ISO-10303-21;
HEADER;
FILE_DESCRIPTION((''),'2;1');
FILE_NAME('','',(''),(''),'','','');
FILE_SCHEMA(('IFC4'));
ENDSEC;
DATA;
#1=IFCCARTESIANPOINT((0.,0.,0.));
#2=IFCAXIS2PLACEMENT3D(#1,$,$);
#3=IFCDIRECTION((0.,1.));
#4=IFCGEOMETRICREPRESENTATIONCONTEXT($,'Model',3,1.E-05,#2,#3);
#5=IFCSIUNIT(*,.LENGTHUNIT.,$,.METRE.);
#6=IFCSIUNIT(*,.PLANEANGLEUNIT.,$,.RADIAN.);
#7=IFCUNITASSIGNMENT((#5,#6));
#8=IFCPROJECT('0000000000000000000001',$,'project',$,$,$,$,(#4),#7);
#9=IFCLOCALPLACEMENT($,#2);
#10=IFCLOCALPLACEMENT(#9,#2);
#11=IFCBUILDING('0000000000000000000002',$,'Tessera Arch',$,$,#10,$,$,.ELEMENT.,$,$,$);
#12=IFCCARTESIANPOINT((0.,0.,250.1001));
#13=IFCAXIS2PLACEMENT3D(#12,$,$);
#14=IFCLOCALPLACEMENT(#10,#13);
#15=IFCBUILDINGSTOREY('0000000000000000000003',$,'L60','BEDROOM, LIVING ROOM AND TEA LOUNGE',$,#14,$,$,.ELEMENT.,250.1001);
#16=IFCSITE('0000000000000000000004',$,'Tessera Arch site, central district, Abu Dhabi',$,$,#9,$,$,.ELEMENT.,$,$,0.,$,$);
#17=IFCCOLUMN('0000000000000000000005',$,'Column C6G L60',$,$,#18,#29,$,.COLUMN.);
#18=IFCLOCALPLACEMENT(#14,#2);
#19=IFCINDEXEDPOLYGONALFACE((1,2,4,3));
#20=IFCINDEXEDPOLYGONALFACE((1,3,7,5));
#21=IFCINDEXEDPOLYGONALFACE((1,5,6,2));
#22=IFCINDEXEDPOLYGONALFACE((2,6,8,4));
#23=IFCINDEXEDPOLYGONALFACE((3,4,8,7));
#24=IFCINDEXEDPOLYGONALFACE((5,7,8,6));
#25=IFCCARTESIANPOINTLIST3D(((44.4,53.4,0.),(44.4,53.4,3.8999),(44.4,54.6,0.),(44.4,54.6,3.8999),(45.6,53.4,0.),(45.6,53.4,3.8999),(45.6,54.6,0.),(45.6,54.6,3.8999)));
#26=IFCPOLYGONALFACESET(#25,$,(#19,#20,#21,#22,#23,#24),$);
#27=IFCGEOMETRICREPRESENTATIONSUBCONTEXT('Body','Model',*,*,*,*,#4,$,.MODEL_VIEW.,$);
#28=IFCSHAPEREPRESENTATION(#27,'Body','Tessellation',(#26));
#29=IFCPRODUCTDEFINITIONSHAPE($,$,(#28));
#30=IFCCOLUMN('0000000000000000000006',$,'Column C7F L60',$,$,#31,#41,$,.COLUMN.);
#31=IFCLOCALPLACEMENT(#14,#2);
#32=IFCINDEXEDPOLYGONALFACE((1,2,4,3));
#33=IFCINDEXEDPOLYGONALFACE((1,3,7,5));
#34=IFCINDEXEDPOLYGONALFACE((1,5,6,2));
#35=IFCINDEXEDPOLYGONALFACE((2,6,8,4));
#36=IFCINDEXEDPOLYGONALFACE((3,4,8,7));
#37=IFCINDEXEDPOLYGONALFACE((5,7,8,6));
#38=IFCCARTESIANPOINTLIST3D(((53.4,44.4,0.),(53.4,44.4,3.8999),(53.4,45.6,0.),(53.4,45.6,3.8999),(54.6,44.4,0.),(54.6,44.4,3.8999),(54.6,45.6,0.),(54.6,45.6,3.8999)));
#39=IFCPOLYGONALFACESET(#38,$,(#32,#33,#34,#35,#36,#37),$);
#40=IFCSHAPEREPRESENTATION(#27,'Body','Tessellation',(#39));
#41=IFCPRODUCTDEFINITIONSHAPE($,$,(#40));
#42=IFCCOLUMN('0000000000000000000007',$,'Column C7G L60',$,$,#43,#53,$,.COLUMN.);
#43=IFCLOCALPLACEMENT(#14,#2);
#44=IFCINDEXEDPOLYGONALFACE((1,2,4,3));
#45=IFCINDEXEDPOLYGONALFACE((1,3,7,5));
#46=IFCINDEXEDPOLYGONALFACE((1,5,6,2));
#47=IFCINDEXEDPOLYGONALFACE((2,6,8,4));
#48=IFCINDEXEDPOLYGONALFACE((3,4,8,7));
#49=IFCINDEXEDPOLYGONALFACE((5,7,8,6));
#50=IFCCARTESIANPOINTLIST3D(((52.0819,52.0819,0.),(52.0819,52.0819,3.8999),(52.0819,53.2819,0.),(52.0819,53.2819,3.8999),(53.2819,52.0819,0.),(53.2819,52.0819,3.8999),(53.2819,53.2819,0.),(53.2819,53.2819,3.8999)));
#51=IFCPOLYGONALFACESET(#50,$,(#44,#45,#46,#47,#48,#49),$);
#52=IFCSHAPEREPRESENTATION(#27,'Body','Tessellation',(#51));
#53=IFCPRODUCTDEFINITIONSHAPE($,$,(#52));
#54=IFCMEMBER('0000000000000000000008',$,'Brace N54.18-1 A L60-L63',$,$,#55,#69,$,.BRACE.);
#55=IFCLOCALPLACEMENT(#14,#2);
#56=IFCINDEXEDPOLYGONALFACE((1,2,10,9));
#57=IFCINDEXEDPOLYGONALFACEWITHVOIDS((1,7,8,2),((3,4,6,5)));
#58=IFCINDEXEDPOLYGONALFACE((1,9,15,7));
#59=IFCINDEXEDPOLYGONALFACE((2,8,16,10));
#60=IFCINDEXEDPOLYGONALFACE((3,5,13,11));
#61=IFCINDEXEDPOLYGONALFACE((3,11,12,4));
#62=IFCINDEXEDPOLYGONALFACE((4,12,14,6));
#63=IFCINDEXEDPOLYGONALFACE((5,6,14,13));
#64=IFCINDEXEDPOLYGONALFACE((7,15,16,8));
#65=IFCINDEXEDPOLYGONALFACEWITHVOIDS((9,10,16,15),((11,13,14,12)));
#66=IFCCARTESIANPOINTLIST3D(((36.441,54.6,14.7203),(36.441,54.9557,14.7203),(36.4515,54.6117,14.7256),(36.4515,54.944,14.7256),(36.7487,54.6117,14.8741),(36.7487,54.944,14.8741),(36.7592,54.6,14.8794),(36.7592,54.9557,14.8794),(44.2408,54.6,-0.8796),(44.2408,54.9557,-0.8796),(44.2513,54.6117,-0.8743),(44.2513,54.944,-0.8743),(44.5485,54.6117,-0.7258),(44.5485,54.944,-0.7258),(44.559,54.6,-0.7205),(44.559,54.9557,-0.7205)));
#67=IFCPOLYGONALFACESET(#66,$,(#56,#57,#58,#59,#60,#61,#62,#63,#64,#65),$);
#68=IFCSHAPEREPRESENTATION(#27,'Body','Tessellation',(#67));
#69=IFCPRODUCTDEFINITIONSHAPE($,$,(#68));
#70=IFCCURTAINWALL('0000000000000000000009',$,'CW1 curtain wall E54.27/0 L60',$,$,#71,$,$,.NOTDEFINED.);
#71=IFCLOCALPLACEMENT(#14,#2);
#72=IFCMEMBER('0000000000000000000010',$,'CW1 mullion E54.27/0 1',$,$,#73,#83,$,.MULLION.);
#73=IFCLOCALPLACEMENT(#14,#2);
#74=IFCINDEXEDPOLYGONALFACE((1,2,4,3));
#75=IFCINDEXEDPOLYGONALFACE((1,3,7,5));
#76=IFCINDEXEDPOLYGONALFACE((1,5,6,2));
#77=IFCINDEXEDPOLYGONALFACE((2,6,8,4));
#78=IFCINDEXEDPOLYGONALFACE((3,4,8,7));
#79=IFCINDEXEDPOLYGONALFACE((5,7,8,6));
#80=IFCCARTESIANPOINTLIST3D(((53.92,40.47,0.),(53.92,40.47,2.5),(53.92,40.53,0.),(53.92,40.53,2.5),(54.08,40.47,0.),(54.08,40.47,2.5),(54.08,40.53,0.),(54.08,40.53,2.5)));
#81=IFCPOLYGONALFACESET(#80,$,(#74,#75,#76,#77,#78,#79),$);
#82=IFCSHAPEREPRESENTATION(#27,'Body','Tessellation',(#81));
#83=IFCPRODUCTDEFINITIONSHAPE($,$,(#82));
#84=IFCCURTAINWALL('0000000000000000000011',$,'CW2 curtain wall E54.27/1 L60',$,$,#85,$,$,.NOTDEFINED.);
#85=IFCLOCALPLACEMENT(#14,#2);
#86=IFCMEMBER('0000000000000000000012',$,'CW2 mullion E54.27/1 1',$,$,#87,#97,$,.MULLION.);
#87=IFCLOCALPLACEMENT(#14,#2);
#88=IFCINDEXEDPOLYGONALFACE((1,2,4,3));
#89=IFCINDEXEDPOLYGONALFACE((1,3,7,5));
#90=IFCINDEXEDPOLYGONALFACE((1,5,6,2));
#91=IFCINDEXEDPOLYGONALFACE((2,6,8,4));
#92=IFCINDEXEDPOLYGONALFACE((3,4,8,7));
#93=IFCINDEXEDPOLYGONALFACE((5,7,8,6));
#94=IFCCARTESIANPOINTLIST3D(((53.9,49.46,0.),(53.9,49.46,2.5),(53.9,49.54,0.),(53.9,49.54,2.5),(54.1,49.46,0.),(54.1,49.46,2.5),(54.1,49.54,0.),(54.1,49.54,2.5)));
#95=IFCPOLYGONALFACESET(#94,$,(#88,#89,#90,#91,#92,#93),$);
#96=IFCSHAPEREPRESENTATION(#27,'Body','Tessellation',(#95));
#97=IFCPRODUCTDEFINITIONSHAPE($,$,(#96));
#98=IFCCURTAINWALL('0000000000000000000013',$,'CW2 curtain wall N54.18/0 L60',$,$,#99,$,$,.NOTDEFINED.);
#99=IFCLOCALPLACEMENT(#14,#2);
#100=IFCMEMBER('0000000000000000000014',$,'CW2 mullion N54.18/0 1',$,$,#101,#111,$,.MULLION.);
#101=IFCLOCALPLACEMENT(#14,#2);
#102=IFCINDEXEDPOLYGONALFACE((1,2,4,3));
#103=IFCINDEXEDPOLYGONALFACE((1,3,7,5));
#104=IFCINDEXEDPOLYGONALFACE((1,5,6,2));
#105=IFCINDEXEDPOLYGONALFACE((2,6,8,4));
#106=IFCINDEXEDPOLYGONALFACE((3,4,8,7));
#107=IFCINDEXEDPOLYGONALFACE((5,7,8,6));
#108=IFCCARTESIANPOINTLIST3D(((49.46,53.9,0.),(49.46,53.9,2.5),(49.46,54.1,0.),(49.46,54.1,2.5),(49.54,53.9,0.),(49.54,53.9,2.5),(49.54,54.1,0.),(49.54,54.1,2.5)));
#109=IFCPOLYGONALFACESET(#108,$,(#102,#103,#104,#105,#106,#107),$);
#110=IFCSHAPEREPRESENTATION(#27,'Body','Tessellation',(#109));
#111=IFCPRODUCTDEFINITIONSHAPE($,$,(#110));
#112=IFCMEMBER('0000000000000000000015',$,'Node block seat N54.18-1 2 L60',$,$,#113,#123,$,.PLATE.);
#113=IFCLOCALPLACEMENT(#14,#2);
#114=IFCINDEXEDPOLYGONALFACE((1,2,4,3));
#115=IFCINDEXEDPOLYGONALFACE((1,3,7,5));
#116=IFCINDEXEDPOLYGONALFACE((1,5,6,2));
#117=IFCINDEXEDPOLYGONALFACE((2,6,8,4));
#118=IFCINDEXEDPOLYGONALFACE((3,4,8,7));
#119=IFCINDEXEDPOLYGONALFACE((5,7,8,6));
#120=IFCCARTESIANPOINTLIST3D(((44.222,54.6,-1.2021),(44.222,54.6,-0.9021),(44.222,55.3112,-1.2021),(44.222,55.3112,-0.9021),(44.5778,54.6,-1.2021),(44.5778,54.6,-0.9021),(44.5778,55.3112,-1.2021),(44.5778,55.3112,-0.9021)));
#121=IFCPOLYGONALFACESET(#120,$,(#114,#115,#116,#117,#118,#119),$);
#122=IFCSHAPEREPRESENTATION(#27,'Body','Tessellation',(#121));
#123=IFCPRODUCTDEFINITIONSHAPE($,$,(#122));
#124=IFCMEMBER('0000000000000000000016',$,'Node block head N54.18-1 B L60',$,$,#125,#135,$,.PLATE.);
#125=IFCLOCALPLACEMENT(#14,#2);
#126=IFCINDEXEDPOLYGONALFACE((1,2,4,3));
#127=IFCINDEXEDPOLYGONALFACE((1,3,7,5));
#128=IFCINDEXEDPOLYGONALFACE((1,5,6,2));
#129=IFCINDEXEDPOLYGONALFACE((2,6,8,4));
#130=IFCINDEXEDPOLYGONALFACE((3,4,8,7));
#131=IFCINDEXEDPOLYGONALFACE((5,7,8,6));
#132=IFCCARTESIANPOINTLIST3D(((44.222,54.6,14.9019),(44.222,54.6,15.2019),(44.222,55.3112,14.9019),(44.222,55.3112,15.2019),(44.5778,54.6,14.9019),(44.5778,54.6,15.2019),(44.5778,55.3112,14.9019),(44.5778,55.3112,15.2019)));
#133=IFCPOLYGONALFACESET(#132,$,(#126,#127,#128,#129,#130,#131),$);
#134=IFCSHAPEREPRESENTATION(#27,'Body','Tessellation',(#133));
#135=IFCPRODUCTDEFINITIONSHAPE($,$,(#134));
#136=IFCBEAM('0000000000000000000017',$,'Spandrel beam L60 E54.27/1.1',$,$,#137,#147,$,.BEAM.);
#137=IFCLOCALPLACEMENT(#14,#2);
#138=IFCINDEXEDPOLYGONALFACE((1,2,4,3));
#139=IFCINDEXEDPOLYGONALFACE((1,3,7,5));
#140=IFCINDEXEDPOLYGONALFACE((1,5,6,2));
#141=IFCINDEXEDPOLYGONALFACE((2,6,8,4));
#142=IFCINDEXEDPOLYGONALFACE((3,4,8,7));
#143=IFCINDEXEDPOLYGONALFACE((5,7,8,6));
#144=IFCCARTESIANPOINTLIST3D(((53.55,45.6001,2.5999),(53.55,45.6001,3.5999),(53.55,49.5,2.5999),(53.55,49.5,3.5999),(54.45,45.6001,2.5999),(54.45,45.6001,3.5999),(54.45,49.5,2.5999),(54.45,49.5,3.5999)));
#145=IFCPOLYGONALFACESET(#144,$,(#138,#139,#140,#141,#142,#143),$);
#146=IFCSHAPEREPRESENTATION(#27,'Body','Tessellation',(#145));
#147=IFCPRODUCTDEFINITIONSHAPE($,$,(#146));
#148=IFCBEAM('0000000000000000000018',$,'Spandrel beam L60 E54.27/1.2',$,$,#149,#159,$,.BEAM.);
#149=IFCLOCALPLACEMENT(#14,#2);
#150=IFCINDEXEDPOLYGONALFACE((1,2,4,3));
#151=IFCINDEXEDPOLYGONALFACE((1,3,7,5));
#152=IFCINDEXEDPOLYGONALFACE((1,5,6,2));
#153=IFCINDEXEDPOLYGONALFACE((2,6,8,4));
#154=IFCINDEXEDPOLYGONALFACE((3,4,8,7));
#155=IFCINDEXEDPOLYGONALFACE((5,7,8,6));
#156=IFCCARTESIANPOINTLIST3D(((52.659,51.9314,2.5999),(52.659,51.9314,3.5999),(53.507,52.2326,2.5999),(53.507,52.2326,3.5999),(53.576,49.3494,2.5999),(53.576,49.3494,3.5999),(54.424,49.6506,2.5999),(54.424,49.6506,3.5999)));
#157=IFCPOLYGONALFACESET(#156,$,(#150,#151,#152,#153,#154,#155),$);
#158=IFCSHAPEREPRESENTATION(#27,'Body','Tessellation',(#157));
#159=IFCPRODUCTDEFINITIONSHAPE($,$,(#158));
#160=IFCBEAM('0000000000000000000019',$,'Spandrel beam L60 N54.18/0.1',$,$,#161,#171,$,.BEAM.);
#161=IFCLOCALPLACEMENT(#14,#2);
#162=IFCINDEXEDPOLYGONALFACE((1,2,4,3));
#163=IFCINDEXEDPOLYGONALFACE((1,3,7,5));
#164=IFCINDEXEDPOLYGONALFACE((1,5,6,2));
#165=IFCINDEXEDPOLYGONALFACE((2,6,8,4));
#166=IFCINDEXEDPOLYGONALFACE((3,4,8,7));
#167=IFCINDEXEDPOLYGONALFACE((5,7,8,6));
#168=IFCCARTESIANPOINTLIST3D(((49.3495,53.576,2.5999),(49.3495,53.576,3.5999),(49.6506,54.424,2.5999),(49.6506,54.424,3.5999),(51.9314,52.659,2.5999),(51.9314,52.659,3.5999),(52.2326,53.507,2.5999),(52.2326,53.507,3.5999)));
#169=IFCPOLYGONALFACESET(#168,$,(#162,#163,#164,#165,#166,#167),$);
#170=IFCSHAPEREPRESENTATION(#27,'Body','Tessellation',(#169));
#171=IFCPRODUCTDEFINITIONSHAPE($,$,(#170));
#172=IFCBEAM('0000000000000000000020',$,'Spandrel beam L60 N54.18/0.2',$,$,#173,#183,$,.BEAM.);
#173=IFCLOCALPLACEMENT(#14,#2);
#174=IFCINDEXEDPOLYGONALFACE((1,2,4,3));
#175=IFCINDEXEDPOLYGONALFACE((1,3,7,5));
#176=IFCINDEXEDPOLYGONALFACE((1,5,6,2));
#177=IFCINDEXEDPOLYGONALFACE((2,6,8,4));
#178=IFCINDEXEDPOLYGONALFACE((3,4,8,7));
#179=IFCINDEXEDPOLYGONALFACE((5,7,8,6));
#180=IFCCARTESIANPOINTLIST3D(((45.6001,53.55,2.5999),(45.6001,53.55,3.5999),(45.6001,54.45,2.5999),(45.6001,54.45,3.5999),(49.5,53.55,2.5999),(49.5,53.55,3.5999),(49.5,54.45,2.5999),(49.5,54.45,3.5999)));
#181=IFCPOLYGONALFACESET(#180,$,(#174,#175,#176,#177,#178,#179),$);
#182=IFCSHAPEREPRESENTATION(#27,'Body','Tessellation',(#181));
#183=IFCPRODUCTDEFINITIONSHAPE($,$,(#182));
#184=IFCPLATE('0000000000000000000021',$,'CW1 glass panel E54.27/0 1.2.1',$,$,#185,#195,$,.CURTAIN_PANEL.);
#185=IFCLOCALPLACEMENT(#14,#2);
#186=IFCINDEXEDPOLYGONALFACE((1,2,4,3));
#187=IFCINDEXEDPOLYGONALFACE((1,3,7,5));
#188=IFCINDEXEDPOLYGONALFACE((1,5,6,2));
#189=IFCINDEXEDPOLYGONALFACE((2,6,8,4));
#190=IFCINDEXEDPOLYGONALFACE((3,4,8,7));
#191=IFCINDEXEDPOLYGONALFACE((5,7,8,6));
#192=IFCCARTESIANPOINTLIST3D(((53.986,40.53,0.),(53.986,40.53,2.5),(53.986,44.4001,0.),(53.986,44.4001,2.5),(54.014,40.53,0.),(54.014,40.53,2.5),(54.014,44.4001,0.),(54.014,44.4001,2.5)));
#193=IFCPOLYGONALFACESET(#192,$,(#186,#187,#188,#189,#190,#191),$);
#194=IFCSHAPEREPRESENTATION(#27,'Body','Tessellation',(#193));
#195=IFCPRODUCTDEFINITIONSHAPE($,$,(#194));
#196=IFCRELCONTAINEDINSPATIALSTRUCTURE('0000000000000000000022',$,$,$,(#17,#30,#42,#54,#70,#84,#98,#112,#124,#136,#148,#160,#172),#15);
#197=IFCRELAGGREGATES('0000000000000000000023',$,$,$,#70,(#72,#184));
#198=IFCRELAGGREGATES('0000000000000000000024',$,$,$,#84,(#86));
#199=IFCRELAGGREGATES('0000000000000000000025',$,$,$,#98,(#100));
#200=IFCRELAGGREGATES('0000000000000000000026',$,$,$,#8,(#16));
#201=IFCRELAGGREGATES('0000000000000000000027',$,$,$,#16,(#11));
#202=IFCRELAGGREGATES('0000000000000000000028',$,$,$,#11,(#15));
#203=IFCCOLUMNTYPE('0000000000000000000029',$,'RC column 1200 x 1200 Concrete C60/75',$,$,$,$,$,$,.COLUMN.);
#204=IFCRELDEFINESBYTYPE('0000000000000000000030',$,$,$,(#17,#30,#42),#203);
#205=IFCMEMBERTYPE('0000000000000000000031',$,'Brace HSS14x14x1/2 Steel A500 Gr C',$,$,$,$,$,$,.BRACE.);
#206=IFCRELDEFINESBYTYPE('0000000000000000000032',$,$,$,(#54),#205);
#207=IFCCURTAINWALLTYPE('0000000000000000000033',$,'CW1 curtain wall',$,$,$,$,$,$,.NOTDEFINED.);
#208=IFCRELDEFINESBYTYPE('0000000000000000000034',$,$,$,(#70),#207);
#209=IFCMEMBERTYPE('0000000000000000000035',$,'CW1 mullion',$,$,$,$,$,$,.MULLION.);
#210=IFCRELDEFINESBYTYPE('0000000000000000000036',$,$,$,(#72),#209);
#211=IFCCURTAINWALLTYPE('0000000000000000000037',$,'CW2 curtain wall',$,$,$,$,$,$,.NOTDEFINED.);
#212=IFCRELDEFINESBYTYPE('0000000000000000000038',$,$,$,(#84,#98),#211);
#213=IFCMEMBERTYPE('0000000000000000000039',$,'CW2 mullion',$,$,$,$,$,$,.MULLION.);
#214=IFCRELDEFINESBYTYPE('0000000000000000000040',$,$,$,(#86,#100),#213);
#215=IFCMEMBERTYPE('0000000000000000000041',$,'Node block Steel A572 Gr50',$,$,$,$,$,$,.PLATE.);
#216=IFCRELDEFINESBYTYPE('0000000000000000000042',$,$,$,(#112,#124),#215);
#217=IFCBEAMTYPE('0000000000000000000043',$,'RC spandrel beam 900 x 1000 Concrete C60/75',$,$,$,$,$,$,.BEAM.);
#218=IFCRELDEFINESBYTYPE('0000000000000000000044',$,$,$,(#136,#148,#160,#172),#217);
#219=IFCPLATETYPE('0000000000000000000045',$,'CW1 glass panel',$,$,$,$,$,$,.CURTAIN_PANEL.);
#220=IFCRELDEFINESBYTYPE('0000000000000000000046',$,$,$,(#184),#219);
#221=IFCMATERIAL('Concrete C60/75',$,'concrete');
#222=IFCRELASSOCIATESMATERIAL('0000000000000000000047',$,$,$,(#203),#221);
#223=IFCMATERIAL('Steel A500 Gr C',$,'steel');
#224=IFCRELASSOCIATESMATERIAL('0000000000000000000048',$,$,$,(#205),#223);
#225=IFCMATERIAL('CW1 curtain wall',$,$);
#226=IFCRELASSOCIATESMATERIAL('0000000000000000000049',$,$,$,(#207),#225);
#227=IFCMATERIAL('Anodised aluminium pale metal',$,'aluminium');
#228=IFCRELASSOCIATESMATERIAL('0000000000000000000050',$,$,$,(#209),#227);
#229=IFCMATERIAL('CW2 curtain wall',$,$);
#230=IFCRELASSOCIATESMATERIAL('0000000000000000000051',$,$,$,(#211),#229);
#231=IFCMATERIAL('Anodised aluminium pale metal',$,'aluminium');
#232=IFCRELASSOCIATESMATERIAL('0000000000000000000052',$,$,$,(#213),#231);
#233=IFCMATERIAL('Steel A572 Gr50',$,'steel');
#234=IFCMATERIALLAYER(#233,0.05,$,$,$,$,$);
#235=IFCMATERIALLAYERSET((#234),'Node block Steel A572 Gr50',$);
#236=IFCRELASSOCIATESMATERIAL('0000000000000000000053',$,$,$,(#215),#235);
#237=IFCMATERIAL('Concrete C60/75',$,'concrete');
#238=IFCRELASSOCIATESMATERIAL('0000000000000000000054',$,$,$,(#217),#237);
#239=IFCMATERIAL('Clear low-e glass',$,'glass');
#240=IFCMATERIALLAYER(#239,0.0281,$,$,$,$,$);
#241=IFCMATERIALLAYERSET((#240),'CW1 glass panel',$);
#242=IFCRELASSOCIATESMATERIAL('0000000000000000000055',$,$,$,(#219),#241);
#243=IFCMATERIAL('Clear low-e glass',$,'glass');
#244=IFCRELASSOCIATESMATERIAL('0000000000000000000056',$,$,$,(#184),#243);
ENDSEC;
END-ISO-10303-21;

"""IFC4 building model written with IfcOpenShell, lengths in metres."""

from ifc_helpers import new_model, si_unit, direction, frame, origin, origin_2d, place, context, subcontext, project, spatial, rectangle, hollow_rectangle, extrude, material, layer, layer_set, material_profile, profile_set, type_object, element, aggregate, save


model = new_model("IFC4")

# Units and contexts
model_context = context("Model", 3, precision=1e-05, world=origin(), true_north=direction((0.0, 1.0)))
body_context = subcontext(model_context, "Body", "Model", "MODEL_VIEW")
ifc_project = project(units=[si_unit("LENGTHUNIT", "METRE"), si_unit("PLANEANGLEUNIT", "RADIAN")], contexts=[model_context])

# Site, building, storey
site_placement = place(None, origin())
site = spatial("IfcSite", under=ifc_project, at=site_placement, Name="Tessera Arch site, central district, Abu Dhabi", CompositionType="ELEMENT", RefElevation=0.0)
building_placement = place(site_placement, origin())
building = spatial("IfcBuilding", under=site, at=building_placement, Name="Tessera Arch", CompositionType="ELEMENT")
storey_placement = place(building_placement, frame((0.0, 0.0, 250.1001)))
storey = spatial("IfcBuildingStorey", under=building, at=storey_placement, Name="L60", Description="BEDROOM, LIVING ROOM AND TEA LOUNGE", CompositionType="ELEMENT", Elevation=250.1001)

# Columns
ifc_material_1 = material(Name="Concrete C60/75", Category="concrete")
ifc_material_profile_1 = material_profile(ifc_material_1, rectangle(XDim=1.2, YDim=1.2, at=origin_2d()), Name="RC column 1200 x 1200 Concrete C60/75")
ifc_profile_set_1 = profile_set([ifc_material_profile_1], Name="Concrete C60/75")
column_type = type_object("IfcColumnType", Name="RC column 1200 x 1200 Concrete C60/75", PredefinedType="COLUMN", material=ifc_profile_set_1)
for number, where, z_axis, x_axis, name in (
    (1, (45.0, 54.0, 0.0), (0.0, 0.0, 1.0), (1.0, 0.0, 0.0), "Column C6G L60"),
    (2, (54.0, 45.0, 0.0), (0.0, 0.0, 1.0), (1.0, 0.0, 0.0), "Column C7F L60"),
    (3, (52.6819, 52.6819, 0.0), (0.0, 0.0, 1.0), (1.0, 0.0, 0.0), "Column C7G L60"),
):
    element("IfcColumn", number, at=place(storey_placement, frame(where, z_axis=z_axis, x_axis=x_axis)), inside=storey, type_object=column_type, Name=name, PredefinedType="COLUMN", context=body_context, shape_type="SweptSolid", body=[
        extrude(rectangle(XDim=1.2, YDim=1.2, at=origin_2d()), origin(), (0.0, 0.0, 1.0), 3.8999),
    ])

# Member
ifc_material_2 = material(Name="Steel A500 Gr C", Category="steel")
ifc_material_profile_2 = material_profile(ifc_material_2, hollow_rectangle(XDim=0.3557, YDim=0.3557, WallThickness=0.0117, at=origin_2d()), Name="HSS14x14x1/2")
ifc_profile_set_2 = profile_set([ifc_material_profile_2], Name="Steel A500 Gr C")
member_type_1 = type_object("IfcMemberType", Name="Brace HSS14x14x1/2 Steel A500 Gr C", PredefinedType="BRACE", material=ifc_profile_set_2)
member_1_placement = place(storey_placement, frame((44.3999, 54.7778, -0.8), z_axis=(-0.447208, 0.0, 0.89443), x_axis=(0.0, -1.0, 0.0)))
element("IfcMember", 4, at=member_1_placement, inside=storey, type_object=member_type_1, Name="Brace N54.18-1 A L60-L63", PredefinedType="BRACE", context=body_context, shape_type="SweptSolid", body=[
    extrude(hollow_rectangle(XDim=0.3557, YDim=0.3557, WallThickness=0.0117, at=origin_2d()), origin(), (0.0, 0.0, 1.0), 17.4412),
])

# Curtain walls, members
ifc_material_3 = material(Name="CW1 curtain wall")
curtain_wall_type_1 = type_object("IfcCurtainWallType", Name="CW1 curtain wall", PredefinedType="NOTDEFINED", material=ifc_material_3)
curtain_wall_1_placement = place(storey_placement, origin())
curtain_wall_1 = element("IfcCurtainWall", 5, at=curtain_wall_1_placement, inside=storey, type_object=curtain_wall_type_1, Name="CW1 curtain wall E54.27/0 L60", PredefinedType="NOTDEFINED")
ifc_material_4 = material(Name="Anodised aluminium pale metal", Category="aluminium")
ifc_material_profile_3 = material_profile(ifc_material_4, rectangle(XDim=0.1599, YDim=0.0601, at=origin_2d()), Name="AL 60x160")
ifc_profile_set_3 = profile_set([ifc_material_profile_3], Name="Anodised aluminium pale metal")
member_type_2 = type_object("IfcMemberType", Name="CW1 mullion", PredefinedType="MULLION", material=ifc_profile_set_3)
member_2_placement = place(storey_placement, frame((54.0, 40.5, 0.0), z_axis=(0.0, 0.0, 1.0), x_axis=(-1.0, 0.0, 0.0)))
member_2 = element("IfcMember", 6, at=member_2_placement, type_object=member_type_2, Name="CW1 mullion E54.27/0 1", PredefinedType="MULLION", context=body_context, shape_type="SweptSolid", body=[
    extrude(rectangle(XDim=0.1599, YDim=0.0601, at=origin_2d()), origin(), (0.0, 0.0, 1.0), 2.5),
])
ifc_material_5 = material(Name="CW2 curtain wall")
curtain_wall_type_2 = type_object("IfcCurtainWallType", Name="CW2 curtain wall", PredefinedType="NOTDEFINED", material=ifc_material_5)
curtain_wall_2_placement = place(storey_placement, origin())
curtain_wall_2 = element("IfcCurtainWall", 7, at=curtain_wall_2_placement, inside=storey, type_object=curtain_wall_type_2, Name="CW2 curtain wall E54.27/1 L60", PredefinedType="NOTDEFINED")
ifc_material_6 = material(Name="Anodised aluminium pale metal", Category="aluminium")
ifc_material_profile_4 = material_profile(ifc_material_6, rectangle(XDim=0.2, YDim=0.0801, at=origin_2d()), Name="AL 80x200")
ifc_profile_set_4 = profile_set([ifc_material_profile_4], Name="Anodised aluminium pale metal")
member_type_3 = type_object("IfcMemberType", Name="CW2 mullion", PredefinedType="MULLION", material=ifc_profile_set_4)
member_3_placement = place(storey_placement, frame((54.0, 49.5, 0.0), z_axis=(0.0, 0.0, 1.0), x_axis=(-1.0, 0.0, 0.0)))
member_3 = element("IfcMember", 8, at=member_3_placement, type_object=member_type_3, Name="CW2 mullion E54.27/1 1", PredefinedType="MULLION", context=body_context, shape_type="SweptSolid", body=[
    extrude(rectangle(XDim=0.2, YDim=0.0801, at=origin_2d()), origin(), (0.0, 0.0, 1.0), 2.5),
])
curtain_wall_3_placement = place(storey_placement, origin())
curtain_wall_3 = element("IfcCurtainWall", 9, at=curtain_wall_3_placement, inside=storey, type_object=curtain_wall_type_2, Name="CW2 curtain wall N54.18/0 L60", PredefinedType="NOTDEFINED")
member_4_placement = place(storey_placement, frame((49.5, 54.0, 0.0), z_axis=(0.0, 0.0, 1.0), x_axis=(0.0, -1.0, 0.0)))
member_4 = element("IfcMember", 10, at=member_4_placement, type_object=member_type_3, Name="CW2 mullion N54.18/0 1", PredefinedType="MULLION", context=body_context, shape_type="SweptSolid", body=[
    extrude(rectangle(XDim=0.2, YDim=0.0801, at=origin_2d()), origin(), (0.0, 0.0, 1.0), 2.5),
])

# Members
ifc_material_7 = material(Name="Steel A572 Gr50", Category="steel")
ifc_layer_1 = layer(ifc_material_7, 0.05)
ifc_layer_set_1 = layer_set([ifc_layer_1], Name="Node block Steel A572 Gr50")
member_type_4 = type_object("IfcMemberType", Name="Node block Steel A572 Gr50", PredefinedType="PLATE", material=ifc_layer_set_1)
for number, where, z_axis, x_axis, name in (
    (11, (44.3999, 54.9556, -1.2021), (0.0, 0.0, 1.0), (-1.0, 0.0, 0.0), "Node block seat N54.18-1 2 L60"),
    (12, (44.3999, 54.9556, 14.9019), (0.0, 0.0, 1.0), (-1.0, 0.0, 0.0), "Node block head N54.18-1 B L60"),
):
    element("IfcMember", number, at=place(storey_placement, frame(where, z_axis=z_axis, x_axis=x_axis)), inside=storey, type_object=member_type_4, Name=name, PredefinedType="PLATE", context=body_context, shape_type="SweptSolid", body=[
        extrude(rectangle(XDim=0.3557, YDim=0.7112, at=origin_2d()), origin(), (0.0, 0.0, 1.0), 0.3),
    ])

# Beams
ifc_material_8 = material(Name="Concrete C60/75", Category="concrete")
ifc_material_profile_5 = material_profile(ifc_material_8, rectangle(XDim=0.8999, YDim=1.0, at=origin_2d()), Name="RC spandrel beam 900 x 1000 Concrete C60/75")
ifc_profile_set_5 = profile_set([ifc_material_profile_5], Name="Concrete C60/75")
beam_type = type_object("IfcBeamType", Name="RC spandrel beam 900 x 1000 Concrete C60/75", PredefinedType="BEAM", material=ifc_profile_set_5)
beam_1_placement = place(storey_placement, frame((54.0, 45.6001, 3.0999), z_axis=(0.0, 1.0, 0.0), x_axis=(-1.0, 0.0, 0.0)))
element("IfcBeam", 13, at=beam_1_placement, inside=storey, type_object=beam_type, Name="Spandrel beam L60 E54.27/1.1", PredefinedType="BEAM", context=body_context, shape_type="SweptSolid", body=[
    extrude(rectangle(XDim=0.8999, YDim=1.0, at=origin_2d()), origin(), (0.0, 0.0, 1.0), 3.8999),
])
for number, where, z_axis, x_axis, name in (
    (14, (54.0, 49.5, 3.0999), (-0.334665, 0.942337, 0.0), (-0.942337, -0.334665, 0.0), "Spandrel beam L60 E54.27/1.2"),
    (15, (52.082, 53.083, 3.0999), (-0.942337, 0.334665, 0.0), (-0.334665, -0.942337, 0.0), "Spandrel beam L60 N54.18/0.1"),
):
    element("IfcBeam", number, at=place(storey_placement, frame(where, z_axis=z_axis, x_axis=x_axis)), inside=storey, type_object=beam_type, Name=name, PredefinedType="BEAM", context=body_context, shape_type="SweptSolid", body=[
        extrude(rectangle(XDim=0.8999, YDim=1.0, at=origin_2d()), origin(), (0.0, 0.0, 1.0), 2.74),
    ])
beam_2_placement = place(storey_placement, frame((49.5, 54.0, 3.0999), z_axis=(-1.0, 0.0, 0.0), x_axis=(0.0, -1.0, 0.0)))
element("IfcBeam", 16, at=beam_2_placement, inside=storey, type_object=beam_type, Name="Spandrel beam L60 N54.18/0.2", PredefinedType="BEAM", context=body_context, shape_type="SweptSolid", body=[
    extrude(rectangle(XDim=0.8999, YDim=1.0, at=origin_2d()), origin(), (0.0, 0.0, 1.0), 3.8999),
])

# Plate
ifc_material_9 = material(Name="Clear low-e glass", Category="glass")
ifc_material_10 = material(Name="Clear low-e glass", Category="glass")
ifc_layer_2 = layer(ifc_material_10, 0.0281)
ifc_layer_set_2 = layer_set([ifc_layer_2], Name="CW1 glass panel")
plate_type_1 = type_object("IfcPlateType", Name="CW1 glass panel", PredefinedType="CURTAIN_PANEL", material=ifc_layer_set_2)
plate_1_placement = place(storey_placement, frame((54.0, 42.4651, 0.0), z_axis=(0.0, 0.0, 1.0), x_axis=(0.0, 1.0, 0.0)))
plate_1 = element("IfcPlate", 17, at=plate_1_placement, type_object=plate_type_1, material=ifc_material_9, Name="CW1 glass panel E54.27/0 1.2.1", PredefinedType="CURTAIN_PANEL", context=body_context, shape_type="SweptSolid", body=[
    extrude(rectangle(XDim=3.8701, YDim=0.0281, at=origin_2d()), origin(), (0.0, 0.0, 1.0), 2.5),
])
aggregate(curtain_wall_1, [member_2, plate_1])
aggregate(curtain_wall_2, [member_3])
aggregate(curtain_wall_3, [member_4])

save(model, "model.ifc")
